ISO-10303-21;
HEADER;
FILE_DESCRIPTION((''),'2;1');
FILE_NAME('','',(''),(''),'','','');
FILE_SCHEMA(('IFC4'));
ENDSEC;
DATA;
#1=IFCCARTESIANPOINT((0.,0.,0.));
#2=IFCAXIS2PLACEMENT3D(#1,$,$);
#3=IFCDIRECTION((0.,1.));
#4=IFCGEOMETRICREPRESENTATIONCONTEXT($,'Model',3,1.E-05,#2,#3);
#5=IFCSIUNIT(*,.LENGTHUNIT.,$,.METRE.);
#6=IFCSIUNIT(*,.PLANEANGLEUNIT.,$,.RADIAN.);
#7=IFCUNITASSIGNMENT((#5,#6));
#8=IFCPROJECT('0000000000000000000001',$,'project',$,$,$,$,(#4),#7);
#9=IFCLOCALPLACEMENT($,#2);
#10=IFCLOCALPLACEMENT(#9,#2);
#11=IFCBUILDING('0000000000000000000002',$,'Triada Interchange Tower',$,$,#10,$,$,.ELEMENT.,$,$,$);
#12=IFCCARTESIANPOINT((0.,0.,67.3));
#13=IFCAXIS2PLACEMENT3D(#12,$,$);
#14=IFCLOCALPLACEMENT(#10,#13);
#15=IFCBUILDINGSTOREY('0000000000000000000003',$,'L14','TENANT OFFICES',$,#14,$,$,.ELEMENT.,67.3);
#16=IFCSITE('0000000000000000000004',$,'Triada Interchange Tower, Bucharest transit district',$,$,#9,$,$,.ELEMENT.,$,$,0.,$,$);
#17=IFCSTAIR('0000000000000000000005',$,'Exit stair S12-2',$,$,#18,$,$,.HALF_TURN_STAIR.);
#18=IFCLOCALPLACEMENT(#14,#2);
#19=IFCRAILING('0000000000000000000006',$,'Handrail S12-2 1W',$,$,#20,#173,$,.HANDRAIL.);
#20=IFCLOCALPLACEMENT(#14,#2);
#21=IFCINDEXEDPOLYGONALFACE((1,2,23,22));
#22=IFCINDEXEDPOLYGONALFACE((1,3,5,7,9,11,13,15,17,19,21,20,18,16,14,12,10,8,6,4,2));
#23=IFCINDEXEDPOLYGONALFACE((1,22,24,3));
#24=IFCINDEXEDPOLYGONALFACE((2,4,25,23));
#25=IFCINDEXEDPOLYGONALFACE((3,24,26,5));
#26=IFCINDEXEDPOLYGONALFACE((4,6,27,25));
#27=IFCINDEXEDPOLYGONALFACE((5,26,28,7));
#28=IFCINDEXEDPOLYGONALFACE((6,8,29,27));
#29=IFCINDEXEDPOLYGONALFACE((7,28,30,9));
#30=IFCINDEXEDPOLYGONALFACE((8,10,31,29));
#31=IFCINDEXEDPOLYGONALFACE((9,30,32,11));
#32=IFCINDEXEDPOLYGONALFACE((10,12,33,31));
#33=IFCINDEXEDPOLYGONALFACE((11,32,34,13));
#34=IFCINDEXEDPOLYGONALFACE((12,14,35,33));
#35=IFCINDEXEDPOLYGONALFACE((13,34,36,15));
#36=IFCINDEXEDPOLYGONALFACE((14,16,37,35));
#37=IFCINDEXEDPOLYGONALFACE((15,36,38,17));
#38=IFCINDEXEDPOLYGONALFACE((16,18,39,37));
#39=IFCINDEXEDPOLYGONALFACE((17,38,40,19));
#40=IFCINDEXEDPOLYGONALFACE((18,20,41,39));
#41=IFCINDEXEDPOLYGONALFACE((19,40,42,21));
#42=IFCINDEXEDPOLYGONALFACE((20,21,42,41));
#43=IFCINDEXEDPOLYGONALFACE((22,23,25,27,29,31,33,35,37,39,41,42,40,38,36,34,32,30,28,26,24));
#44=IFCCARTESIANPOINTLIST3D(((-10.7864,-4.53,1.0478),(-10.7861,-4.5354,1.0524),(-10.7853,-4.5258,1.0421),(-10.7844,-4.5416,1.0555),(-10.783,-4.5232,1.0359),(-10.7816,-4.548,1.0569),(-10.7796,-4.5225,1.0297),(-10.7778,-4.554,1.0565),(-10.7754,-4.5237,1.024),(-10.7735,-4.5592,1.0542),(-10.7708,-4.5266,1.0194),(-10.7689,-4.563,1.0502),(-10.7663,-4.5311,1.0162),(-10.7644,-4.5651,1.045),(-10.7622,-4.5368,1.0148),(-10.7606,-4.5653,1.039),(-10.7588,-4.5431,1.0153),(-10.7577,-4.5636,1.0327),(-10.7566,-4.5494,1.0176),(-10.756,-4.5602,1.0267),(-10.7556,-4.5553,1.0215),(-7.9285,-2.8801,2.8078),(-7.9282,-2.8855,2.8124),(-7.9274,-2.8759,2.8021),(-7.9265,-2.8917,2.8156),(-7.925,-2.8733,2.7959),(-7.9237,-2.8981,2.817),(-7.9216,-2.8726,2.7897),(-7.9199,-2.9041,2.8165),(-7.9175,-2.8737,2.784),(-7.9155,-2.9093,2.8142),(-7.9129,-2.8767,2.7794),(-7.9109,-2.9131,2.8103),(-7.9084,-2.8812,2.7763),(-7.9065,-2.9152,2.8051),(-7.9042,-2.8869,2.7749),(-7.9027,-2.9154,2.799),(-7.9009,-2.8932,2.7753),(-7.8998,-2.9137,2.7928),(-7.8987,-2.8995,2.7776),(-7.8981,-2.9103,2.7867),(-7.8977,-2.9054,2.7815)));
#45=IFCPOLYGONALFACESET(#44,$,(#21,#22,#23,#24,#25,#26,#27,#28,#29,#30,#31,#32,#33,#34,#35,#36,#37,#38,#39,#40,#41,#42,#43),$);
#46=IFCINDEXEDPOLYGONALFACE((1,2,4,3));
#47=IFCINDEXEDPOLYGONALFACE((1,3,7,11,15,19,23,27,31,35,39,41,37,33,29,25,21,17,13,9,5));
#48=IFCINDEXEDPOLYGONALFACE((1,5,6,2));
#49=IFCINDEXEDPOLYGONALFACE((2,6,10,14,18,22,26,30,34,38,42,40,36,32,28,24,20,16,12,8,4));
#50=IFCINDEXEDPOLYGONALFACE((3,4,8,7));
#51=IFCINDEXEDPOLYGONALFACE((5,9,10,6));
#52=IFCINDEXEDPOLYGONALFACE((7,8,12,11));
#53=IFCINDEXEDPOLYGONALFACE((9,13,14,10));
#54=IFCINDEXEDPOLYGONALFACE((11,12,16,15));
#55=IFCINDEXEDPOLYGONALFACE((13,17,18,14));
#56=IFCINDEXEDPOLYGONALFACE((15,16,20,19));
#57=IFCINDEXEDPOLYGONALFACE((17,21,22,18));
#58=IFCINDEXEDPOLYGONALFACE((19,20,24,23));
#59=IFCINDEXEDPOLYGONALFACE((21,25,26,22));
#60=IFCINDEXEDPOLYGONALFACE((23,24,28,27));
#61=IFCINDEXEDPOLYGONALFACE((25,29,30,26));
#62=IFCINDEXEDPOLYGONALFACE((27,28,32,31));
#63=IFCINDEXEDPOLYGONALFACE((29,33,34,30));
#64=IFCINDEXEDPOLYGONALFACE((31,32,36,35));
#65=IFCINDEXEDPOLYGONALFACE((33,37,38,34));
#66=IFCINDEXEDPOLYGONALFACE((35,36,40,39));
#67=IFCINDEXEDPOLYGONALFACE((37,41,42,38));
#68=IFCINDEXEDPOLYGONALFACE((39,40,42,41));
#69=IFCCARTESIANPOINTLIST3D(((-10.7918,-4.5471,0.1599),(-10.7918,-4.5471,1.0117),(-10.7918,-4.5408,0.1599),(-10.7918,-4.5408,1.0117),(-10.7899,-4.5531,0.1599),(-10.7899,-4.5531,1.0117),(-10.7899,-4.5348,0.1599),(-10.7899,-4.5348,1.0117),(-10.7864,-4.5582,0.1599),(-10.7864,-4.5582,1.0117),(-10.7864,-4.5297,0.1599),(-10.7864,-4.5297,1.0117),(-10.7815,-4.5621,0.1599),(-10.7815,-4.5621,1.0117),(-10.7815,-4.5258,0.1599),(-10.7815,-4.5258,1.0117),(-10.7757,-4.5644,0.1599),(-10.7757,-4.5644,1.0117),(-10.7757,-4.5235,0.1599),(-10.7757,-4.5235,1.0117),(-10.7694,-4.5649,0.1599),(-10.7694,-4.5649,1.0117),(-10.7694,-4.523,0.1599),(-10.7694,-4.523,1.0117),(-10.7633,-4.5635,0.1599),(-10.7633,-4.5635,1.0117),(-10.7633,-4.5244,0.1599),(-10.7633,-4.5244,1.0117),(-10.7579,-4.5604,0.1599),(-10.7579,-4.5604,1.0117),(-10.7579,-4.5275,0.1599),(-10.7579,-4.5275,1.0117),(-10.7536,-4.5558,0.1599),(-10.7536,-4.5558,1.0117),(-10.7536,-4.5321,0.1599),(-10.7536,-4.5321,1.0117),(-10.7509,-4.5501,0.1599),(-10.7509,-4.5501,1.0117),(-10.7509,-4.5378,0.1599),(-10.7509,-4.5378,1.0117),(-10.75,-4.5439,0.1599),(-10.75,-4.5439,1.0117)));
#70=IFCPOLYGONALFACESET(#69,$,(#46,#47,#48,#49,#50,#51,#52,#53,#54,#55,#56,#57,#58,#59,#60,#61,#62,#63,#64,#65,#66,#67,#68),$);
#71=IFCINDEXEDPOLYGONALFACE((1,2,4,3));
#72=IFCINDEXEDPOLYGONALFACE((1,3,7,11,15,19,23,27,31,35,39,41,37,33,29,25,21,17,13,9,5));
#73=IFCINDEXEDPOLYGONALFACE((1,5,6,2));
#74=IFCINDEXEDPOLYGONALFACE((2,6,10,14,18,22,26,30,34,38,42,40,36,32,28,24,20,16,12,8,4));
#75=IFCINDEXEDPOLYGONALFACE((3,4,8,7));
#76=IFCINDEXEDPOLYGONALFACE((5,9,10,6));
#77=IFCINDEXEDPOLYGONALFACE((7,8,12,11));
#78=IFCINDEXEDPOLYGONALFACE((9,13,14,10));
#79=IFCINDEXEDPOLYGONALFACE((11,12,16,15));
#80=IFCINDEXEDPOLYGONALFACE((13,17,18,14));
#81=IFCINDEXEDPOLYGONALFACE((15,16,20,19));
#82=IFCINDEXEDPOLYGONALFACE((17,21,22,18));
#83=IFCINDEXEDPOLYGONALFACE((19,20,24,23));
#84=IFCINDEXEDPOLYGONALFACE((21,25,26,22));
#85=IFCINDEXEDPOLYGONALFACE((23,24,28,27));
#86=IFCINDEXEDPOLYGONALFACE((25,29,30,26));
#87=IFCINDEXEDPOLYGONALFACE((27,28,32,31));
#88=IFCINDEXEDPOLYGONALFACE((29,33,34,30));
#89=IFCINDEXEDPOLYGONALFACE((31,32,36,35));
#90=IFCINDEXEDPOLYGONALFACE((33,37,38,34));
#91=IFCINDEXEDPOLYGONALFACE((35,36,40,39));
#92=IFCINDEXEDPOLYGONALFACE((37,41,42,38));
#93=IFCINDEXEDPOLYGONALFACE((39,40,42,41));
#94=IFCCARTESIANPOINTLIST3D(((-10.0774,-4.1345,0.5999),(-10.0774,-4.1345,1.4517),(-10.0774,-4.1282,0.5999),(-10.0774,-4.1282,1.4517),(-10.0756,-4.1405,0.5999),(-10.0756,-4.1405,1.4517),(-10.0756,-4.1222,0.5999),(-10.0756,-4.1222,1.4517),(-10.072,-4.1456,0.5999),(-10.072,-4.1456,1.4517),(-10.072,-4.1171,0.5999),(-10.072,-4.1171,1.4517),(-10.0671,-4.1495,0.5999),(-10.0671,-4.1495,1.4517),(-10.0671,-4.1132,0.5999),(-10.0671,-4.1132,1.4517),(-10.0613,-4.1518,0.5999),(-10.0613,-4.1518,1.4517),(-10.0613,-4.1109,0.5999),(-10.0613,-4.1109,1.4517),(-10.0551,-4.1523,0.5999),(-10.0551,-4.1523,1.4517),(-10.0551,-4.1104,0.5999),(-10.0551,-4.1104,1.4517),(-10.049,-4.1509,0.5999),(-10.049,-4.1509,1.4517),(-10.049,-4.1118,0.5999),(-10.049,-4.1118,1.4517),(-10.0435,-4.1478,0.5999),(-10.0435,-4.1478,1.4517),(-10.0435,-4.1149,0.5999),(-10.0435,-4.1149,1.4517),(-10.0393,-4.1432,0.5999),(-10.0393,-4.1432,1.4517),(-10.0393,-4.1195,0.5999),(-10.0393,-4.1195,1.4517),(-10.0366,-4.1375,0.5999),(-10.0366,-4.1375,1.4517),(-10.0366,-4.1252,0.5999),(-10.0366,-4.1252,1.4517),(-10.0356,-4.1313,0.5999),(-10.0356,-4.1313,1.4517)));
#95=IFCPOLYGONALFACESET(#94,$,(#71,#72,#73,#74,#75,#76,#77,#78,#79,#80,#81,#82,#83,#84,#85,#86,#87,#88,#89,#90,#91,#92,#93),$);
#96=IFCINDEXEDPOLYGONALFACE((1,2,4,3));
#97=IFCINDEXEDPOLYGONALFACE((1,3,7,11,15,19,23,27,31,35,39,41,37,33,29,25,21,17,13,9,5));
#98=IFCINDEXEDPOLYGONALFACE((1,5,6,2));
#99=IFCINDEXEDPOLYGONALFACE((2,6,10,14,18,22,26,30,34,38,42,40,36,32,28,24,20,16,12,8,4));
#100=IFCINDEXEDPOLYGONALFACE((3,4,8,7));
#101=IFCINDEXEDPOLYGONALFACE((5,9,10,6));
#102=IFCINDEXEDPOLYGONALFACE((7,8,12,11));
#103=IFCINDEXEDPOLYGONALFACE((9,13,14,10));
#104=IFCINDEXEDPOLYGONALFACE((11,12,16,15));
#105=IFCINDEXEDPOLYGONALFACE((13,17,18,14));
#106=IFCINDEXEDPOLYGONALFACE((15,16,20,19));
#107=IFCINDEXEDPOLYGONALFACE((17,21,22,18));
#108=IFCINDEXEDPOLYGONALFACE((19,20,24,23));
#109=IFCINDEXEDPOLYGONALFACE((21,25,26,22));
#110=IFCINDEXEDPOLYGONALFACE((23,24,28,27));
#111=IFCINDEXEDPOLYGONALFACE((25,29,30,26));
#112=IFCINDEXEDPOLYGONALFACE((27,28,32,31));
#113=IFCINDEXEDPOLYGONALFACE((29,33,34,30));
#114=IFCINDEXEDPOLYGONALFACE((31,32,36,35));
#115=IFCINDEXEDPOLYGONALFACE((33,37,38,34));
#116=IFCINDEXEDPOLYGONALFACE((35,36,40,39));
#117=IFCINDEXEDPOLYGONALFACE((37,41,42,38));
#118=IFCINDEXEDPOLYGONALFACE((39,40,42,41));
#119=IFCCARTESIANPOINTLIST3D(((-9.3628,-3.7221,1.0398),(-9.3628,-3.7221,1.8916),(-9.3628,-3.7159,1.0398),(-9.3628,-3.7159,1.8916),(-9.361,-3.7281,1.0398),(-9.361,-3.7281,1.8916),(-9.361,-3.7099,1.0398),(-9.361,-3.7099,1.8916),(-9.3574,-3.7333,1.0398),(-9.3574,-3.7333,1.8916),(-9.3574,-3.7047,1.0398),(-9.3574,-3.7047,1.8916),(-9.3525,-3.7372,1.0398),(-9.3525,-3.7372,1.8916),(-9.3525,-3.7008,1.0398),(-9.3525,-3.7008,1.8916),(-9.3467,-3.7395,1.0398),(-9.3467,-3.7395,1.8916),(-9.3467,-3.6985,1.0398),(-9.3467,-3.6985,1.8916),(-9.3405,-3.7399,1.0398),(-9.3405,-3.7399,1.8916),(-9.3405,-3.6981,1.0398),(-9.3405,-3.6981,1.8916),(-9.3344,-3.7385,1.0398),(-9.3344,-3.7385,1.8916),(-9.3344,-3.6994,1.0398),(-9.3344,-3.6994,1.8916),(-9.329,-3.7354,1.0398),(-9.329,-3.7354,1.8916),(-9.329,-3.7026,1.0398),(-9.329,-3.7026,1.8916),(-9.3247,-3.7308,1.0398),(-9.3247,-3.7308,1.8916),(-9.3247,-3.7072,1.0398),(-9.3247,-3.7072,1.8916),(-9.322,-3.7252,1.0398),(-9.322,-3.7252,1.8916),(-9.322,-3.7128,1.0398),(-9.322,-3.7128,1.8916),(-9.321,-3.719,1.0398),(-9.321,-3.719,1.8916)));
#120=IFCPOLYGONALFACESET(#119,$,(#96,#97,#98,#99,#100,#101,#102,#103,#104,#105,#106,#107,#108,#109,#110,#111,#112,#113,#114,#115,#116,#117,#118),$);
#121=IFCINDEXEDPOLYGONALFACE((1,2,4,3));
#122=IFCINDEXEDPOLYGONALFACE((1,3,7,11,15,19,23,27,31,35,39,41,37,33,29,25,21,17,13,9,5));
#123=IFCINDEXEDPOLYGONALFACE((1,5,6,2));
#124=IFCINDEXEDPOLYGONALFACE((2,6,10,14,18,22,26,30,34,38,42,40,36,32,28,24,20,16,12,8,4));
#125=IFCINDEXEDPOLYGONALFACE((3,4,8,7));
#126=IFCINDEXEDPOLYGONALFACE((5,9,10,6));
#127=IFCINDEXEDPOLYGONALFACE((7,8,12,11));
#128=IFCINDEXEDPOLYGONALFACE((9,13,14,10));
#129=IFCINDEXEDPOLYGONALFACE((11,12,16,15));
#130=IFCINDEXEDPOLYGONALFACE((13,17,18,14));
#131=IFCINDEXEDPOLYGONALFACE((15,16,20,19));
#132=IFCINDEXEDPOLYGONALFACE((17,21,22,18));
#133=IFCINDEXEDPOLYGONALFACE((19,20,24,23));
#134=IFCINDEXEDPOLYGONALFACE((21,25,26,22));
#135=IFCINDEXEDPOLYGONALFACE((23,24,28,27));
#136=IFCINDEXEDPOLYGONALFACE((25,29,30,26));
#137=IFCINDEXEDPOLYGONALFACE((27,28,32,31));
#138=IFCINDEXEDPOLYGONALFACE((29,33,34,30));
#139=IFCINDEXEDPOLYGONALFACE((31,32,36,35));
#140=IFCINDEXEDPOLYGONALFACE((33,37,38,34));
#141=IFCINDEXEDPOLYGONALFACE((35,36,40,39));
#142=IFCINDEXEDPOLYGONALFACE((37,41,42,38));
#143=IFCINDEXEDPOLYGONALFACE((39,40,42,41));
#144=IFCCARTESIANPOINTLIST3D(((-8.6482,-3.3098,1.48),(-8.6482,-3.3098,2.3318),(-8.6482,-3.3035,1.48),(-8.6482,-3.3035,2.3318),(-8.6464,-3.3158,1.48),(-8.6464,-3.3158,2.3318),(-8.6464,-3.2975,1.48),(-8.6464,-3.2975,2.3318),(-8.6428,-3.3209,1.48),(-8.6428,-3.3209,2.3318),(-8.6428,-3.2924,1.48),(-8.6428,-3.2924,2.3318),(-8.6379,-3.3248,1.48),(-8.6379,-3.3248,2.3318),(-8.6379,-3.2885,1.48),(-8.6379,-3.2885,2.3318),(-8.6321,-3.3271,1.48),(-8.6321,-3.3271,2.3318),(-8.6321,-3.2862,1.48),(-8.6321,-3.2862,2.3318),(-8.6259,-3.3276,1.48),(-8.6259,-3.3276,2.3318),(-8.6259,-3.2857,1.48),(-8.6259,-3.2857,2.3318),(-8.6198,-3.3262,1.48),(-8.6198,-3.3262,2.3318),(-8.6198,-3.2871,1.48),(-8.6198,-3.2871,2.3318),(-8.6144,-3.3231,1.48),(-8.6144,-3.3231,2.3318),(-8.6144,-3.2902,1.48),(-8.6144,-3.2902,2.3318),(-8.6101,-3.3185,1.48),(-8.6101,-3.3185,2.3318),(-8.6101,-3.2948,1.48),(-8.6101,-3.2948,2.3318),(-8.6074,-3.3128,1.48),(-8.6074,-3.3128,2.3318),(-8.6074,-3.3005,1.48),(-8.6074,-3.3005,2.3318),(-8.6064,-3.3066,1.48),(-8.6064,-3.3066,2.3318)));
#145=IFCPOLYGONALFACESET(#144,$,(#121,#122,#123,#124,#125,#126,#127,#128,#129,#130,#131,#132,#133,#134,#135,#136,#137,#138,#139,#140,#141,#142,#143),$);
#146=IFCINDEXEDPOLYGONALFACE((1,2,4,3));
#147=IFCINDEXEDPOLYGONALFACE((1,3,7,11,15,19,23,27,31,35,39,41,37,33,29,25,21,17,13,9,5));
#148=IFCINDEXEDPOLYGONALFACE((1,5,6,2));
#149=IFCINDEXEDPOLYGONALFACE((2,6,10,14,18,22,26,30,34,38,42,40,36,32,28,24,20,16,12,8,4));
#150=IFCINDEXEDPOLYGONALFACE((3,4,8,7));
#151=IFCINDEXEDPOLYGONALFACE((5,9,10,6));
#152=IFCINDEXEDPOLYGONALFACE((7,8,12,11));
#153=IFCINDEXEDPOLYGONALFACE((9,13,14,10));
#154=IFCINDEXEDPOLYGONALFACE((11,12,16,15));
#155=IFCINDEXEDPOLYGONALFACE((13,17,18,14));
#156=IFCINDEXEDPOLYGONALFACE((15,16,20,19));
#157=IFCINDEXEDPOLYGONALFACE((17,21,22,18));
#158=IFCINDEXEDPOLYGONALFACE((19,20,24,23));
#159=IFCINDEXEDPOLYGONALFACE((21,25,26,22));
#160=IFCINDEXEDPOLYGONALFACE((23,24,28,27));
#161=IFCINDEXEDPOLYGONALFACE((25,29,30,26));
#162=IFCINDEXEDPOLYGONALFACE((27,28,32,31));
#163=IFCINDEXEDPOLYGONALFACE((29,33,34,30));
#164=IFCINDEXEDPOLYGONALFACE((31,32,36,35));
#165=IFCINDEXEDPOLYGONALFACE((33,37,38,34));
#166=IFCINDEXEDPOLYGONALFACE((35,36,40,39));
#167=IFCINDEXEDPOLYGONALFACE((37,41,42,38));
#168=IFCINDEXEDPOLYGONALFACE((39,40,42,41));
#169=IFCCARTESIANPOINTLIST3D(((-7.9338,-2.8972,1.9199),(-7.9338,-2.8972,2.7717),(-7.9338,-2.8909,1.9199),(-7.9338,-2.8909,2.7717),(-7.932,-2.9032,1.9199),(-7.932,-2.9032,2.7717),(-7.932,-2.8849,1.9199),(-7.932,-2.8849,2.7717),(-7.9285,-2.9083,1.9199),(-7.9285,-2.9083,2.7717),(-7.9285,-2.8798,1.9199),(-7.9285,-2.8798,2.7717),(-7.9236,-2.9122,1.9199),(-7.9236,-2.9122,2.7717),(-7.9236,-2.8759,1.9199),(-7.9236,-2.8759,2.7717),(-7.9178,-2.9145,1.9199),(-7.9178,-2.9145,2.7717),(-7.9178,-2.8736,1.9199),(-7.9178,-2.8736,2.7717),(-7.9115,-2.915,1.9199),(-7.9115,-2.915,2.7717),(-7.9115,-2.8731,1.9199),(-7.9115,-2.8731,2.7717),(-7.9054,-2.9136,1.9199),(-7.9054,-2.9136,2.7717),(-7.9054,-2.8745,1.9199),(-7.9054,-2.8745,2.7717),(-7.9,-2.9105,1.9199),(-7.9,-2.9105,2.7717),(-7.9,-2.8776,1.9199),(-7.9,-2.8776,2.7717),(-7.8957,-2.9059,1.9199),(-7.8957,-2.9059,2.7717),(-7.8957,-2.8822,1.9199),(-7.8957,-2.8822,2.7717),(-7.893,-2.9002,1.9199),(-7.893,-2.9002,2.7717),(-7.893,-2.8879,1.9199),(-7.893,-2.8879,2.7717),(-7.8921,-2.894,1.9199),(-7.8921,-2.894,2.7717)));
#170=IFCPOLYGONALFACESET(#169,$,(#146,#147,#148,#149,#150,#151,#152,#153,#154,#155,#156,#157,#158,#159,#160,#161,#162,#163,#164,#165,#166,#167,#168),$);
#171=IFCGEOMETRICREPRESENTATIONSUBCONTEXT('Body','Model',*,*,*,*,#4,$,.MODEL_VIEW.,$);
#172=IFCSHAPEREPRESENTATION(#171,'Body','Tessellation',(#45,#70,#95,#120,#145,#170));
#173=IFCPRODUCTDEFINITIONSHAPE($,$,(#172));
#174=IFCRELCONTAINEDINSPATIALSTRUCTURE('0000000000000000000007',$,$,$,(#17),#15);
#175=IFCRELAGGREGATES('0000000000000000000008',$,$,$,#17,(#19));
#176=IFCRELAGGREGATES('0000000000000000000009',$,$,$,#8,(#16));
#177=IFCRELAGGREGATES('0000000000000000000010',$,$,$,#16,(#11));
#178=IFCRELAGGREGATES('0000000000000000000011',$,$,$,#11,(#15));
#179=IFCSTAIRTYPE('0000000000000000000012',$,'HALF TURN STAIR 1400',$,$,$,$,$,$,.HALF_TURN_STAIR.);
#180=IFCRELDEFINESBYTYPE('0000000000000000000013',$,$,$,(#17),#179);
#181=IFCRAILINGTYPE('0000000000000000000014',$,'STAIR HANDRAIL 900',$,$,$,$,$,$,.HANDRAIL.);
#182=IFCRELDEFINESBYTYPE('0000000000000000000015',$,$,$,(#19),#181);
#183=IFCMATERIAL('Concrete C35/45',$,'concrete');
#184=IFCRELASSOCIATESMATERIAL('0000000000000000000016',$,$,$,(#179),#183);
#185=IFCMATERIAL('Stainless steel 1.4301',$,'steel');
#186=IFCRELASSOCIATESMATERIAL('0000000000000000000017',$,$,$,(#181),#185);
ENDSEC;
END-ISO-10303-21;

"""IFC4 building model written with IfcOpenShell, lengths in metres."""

from ifc_helpers import new_model, si_unit, direction, frame, origin, origin_2d, place, context, subcontext, project, spatial, circle, extrude, material, type_object, element, aggregate, save


model = new_model("IFC4")

# Units and contexts
model_context = context("Model", 3, precision=1e-05, world=origin(), true_north=direction((0.0, 1.0)))
body_context = subcontext(model_context, "Body", "Model", "MODEL_VIEW")
ifc_project = project(units=[si_unit("LENGTHUNIT", "METRE"), si_unit("PLANEANGLEUNIT", "RADIAN")], contexts=[model_context])

# Site, building, storey
site_placement = place(None, origin())
site = spatial("IfcSite", under=ifc_project, at=site_placement, Name="Triada Interchange Tower, Bucharest transit district", CompositionType="ELEMENT", RefElevation=0.0)
building_placement = place(site_placement, origin())
building = spatial("IfcBuilding", under=site, at=building_placement, Name="Triada Interchange Tower", CompositionType="ELEMENT")
storey_placement = place(building_placement, frame((0.0, 0.0, 67.3)))
storey = spatial("IfcBuildingStorey", under=building, at=storey_placement, Name="L14", Description="TENANT OFFICES", CompositionType="ELEMENT", Elevation=67.3)

# Stair, railing
ifc_material_1 = material(Name="Concrete C35/45", Category="concrete")
stair_type = type_object("IfcStairType", Name="HALF TURN STAIR 1400", PredefinedType="HALF_TURN_STAIR", material=ifc_material_1)
stair_placement = place(storey_placement, origin())
stair = element("IfcStair", 1, at=stair_placement, inside=storey, type_object=stair_type, Name="Exit stair S12-2", PredefinedType="HALF_TURN_STAIR")
ifc_material_2 = material(Name="Stainless steel 1.4301", Category="steel")
railing_type = type_object("IfcRailingType", Name="STAIR HANDRAIL 900", PredefinedType="HANDRAIL", material=ifc_material_2)
railing_1_placement = place(storey_placement, frame((-10.771, -4.5439, 0.1599)))
railing_1 = element("IfcRailing", 2, at=railing_1_placement, type_object=railing_type, Name="Handrail S12-2 1W", PredefinedType="HANDRAIL", context=body_context, shape_type="SweptSolid", body=[
    extrude(circle(Radius=0.0239, at=origin_2d()), frame((0.0, 0.0, 0.876), z_axis=(0.764151, 0.441153, 0.470593), x_axis=(-0.499974, 0.86604, 0.0)), (0.0, 0.0, 1.0), 3.74),
    extrude(circle(Radius=0.021, at=origin_2d()), origin(), (0.0, 0.0, 1.0), 0.8518),
    extrude(circle(Radius=0.021, at=origin_2d()), frame((0.7144, 0.4126, 0.4399)), (0.0, 0.0, 1.0), 0.8518),
    extrude(circle(Radius=0.021, at=origin_2d()), frame((1.429, 0.825, 0.8799)), (0.0, 0.0, 1.0), 0.8518),
    extrude(circle(Radius=0.021, at=origin_2d()), frame((2.1436, 1.2373, 1.3201)), (0.0, 0.0, 1.0), 0.8518),
    extrude(circle(Radius=0.021, at=origin_2d()), frame((2.8579, 1.6499, 1.76)), (0.0, 0.0, 1.0), 0.8518),
])
aggregate(stair, [railing_1])

save(model, "model.ifc")
